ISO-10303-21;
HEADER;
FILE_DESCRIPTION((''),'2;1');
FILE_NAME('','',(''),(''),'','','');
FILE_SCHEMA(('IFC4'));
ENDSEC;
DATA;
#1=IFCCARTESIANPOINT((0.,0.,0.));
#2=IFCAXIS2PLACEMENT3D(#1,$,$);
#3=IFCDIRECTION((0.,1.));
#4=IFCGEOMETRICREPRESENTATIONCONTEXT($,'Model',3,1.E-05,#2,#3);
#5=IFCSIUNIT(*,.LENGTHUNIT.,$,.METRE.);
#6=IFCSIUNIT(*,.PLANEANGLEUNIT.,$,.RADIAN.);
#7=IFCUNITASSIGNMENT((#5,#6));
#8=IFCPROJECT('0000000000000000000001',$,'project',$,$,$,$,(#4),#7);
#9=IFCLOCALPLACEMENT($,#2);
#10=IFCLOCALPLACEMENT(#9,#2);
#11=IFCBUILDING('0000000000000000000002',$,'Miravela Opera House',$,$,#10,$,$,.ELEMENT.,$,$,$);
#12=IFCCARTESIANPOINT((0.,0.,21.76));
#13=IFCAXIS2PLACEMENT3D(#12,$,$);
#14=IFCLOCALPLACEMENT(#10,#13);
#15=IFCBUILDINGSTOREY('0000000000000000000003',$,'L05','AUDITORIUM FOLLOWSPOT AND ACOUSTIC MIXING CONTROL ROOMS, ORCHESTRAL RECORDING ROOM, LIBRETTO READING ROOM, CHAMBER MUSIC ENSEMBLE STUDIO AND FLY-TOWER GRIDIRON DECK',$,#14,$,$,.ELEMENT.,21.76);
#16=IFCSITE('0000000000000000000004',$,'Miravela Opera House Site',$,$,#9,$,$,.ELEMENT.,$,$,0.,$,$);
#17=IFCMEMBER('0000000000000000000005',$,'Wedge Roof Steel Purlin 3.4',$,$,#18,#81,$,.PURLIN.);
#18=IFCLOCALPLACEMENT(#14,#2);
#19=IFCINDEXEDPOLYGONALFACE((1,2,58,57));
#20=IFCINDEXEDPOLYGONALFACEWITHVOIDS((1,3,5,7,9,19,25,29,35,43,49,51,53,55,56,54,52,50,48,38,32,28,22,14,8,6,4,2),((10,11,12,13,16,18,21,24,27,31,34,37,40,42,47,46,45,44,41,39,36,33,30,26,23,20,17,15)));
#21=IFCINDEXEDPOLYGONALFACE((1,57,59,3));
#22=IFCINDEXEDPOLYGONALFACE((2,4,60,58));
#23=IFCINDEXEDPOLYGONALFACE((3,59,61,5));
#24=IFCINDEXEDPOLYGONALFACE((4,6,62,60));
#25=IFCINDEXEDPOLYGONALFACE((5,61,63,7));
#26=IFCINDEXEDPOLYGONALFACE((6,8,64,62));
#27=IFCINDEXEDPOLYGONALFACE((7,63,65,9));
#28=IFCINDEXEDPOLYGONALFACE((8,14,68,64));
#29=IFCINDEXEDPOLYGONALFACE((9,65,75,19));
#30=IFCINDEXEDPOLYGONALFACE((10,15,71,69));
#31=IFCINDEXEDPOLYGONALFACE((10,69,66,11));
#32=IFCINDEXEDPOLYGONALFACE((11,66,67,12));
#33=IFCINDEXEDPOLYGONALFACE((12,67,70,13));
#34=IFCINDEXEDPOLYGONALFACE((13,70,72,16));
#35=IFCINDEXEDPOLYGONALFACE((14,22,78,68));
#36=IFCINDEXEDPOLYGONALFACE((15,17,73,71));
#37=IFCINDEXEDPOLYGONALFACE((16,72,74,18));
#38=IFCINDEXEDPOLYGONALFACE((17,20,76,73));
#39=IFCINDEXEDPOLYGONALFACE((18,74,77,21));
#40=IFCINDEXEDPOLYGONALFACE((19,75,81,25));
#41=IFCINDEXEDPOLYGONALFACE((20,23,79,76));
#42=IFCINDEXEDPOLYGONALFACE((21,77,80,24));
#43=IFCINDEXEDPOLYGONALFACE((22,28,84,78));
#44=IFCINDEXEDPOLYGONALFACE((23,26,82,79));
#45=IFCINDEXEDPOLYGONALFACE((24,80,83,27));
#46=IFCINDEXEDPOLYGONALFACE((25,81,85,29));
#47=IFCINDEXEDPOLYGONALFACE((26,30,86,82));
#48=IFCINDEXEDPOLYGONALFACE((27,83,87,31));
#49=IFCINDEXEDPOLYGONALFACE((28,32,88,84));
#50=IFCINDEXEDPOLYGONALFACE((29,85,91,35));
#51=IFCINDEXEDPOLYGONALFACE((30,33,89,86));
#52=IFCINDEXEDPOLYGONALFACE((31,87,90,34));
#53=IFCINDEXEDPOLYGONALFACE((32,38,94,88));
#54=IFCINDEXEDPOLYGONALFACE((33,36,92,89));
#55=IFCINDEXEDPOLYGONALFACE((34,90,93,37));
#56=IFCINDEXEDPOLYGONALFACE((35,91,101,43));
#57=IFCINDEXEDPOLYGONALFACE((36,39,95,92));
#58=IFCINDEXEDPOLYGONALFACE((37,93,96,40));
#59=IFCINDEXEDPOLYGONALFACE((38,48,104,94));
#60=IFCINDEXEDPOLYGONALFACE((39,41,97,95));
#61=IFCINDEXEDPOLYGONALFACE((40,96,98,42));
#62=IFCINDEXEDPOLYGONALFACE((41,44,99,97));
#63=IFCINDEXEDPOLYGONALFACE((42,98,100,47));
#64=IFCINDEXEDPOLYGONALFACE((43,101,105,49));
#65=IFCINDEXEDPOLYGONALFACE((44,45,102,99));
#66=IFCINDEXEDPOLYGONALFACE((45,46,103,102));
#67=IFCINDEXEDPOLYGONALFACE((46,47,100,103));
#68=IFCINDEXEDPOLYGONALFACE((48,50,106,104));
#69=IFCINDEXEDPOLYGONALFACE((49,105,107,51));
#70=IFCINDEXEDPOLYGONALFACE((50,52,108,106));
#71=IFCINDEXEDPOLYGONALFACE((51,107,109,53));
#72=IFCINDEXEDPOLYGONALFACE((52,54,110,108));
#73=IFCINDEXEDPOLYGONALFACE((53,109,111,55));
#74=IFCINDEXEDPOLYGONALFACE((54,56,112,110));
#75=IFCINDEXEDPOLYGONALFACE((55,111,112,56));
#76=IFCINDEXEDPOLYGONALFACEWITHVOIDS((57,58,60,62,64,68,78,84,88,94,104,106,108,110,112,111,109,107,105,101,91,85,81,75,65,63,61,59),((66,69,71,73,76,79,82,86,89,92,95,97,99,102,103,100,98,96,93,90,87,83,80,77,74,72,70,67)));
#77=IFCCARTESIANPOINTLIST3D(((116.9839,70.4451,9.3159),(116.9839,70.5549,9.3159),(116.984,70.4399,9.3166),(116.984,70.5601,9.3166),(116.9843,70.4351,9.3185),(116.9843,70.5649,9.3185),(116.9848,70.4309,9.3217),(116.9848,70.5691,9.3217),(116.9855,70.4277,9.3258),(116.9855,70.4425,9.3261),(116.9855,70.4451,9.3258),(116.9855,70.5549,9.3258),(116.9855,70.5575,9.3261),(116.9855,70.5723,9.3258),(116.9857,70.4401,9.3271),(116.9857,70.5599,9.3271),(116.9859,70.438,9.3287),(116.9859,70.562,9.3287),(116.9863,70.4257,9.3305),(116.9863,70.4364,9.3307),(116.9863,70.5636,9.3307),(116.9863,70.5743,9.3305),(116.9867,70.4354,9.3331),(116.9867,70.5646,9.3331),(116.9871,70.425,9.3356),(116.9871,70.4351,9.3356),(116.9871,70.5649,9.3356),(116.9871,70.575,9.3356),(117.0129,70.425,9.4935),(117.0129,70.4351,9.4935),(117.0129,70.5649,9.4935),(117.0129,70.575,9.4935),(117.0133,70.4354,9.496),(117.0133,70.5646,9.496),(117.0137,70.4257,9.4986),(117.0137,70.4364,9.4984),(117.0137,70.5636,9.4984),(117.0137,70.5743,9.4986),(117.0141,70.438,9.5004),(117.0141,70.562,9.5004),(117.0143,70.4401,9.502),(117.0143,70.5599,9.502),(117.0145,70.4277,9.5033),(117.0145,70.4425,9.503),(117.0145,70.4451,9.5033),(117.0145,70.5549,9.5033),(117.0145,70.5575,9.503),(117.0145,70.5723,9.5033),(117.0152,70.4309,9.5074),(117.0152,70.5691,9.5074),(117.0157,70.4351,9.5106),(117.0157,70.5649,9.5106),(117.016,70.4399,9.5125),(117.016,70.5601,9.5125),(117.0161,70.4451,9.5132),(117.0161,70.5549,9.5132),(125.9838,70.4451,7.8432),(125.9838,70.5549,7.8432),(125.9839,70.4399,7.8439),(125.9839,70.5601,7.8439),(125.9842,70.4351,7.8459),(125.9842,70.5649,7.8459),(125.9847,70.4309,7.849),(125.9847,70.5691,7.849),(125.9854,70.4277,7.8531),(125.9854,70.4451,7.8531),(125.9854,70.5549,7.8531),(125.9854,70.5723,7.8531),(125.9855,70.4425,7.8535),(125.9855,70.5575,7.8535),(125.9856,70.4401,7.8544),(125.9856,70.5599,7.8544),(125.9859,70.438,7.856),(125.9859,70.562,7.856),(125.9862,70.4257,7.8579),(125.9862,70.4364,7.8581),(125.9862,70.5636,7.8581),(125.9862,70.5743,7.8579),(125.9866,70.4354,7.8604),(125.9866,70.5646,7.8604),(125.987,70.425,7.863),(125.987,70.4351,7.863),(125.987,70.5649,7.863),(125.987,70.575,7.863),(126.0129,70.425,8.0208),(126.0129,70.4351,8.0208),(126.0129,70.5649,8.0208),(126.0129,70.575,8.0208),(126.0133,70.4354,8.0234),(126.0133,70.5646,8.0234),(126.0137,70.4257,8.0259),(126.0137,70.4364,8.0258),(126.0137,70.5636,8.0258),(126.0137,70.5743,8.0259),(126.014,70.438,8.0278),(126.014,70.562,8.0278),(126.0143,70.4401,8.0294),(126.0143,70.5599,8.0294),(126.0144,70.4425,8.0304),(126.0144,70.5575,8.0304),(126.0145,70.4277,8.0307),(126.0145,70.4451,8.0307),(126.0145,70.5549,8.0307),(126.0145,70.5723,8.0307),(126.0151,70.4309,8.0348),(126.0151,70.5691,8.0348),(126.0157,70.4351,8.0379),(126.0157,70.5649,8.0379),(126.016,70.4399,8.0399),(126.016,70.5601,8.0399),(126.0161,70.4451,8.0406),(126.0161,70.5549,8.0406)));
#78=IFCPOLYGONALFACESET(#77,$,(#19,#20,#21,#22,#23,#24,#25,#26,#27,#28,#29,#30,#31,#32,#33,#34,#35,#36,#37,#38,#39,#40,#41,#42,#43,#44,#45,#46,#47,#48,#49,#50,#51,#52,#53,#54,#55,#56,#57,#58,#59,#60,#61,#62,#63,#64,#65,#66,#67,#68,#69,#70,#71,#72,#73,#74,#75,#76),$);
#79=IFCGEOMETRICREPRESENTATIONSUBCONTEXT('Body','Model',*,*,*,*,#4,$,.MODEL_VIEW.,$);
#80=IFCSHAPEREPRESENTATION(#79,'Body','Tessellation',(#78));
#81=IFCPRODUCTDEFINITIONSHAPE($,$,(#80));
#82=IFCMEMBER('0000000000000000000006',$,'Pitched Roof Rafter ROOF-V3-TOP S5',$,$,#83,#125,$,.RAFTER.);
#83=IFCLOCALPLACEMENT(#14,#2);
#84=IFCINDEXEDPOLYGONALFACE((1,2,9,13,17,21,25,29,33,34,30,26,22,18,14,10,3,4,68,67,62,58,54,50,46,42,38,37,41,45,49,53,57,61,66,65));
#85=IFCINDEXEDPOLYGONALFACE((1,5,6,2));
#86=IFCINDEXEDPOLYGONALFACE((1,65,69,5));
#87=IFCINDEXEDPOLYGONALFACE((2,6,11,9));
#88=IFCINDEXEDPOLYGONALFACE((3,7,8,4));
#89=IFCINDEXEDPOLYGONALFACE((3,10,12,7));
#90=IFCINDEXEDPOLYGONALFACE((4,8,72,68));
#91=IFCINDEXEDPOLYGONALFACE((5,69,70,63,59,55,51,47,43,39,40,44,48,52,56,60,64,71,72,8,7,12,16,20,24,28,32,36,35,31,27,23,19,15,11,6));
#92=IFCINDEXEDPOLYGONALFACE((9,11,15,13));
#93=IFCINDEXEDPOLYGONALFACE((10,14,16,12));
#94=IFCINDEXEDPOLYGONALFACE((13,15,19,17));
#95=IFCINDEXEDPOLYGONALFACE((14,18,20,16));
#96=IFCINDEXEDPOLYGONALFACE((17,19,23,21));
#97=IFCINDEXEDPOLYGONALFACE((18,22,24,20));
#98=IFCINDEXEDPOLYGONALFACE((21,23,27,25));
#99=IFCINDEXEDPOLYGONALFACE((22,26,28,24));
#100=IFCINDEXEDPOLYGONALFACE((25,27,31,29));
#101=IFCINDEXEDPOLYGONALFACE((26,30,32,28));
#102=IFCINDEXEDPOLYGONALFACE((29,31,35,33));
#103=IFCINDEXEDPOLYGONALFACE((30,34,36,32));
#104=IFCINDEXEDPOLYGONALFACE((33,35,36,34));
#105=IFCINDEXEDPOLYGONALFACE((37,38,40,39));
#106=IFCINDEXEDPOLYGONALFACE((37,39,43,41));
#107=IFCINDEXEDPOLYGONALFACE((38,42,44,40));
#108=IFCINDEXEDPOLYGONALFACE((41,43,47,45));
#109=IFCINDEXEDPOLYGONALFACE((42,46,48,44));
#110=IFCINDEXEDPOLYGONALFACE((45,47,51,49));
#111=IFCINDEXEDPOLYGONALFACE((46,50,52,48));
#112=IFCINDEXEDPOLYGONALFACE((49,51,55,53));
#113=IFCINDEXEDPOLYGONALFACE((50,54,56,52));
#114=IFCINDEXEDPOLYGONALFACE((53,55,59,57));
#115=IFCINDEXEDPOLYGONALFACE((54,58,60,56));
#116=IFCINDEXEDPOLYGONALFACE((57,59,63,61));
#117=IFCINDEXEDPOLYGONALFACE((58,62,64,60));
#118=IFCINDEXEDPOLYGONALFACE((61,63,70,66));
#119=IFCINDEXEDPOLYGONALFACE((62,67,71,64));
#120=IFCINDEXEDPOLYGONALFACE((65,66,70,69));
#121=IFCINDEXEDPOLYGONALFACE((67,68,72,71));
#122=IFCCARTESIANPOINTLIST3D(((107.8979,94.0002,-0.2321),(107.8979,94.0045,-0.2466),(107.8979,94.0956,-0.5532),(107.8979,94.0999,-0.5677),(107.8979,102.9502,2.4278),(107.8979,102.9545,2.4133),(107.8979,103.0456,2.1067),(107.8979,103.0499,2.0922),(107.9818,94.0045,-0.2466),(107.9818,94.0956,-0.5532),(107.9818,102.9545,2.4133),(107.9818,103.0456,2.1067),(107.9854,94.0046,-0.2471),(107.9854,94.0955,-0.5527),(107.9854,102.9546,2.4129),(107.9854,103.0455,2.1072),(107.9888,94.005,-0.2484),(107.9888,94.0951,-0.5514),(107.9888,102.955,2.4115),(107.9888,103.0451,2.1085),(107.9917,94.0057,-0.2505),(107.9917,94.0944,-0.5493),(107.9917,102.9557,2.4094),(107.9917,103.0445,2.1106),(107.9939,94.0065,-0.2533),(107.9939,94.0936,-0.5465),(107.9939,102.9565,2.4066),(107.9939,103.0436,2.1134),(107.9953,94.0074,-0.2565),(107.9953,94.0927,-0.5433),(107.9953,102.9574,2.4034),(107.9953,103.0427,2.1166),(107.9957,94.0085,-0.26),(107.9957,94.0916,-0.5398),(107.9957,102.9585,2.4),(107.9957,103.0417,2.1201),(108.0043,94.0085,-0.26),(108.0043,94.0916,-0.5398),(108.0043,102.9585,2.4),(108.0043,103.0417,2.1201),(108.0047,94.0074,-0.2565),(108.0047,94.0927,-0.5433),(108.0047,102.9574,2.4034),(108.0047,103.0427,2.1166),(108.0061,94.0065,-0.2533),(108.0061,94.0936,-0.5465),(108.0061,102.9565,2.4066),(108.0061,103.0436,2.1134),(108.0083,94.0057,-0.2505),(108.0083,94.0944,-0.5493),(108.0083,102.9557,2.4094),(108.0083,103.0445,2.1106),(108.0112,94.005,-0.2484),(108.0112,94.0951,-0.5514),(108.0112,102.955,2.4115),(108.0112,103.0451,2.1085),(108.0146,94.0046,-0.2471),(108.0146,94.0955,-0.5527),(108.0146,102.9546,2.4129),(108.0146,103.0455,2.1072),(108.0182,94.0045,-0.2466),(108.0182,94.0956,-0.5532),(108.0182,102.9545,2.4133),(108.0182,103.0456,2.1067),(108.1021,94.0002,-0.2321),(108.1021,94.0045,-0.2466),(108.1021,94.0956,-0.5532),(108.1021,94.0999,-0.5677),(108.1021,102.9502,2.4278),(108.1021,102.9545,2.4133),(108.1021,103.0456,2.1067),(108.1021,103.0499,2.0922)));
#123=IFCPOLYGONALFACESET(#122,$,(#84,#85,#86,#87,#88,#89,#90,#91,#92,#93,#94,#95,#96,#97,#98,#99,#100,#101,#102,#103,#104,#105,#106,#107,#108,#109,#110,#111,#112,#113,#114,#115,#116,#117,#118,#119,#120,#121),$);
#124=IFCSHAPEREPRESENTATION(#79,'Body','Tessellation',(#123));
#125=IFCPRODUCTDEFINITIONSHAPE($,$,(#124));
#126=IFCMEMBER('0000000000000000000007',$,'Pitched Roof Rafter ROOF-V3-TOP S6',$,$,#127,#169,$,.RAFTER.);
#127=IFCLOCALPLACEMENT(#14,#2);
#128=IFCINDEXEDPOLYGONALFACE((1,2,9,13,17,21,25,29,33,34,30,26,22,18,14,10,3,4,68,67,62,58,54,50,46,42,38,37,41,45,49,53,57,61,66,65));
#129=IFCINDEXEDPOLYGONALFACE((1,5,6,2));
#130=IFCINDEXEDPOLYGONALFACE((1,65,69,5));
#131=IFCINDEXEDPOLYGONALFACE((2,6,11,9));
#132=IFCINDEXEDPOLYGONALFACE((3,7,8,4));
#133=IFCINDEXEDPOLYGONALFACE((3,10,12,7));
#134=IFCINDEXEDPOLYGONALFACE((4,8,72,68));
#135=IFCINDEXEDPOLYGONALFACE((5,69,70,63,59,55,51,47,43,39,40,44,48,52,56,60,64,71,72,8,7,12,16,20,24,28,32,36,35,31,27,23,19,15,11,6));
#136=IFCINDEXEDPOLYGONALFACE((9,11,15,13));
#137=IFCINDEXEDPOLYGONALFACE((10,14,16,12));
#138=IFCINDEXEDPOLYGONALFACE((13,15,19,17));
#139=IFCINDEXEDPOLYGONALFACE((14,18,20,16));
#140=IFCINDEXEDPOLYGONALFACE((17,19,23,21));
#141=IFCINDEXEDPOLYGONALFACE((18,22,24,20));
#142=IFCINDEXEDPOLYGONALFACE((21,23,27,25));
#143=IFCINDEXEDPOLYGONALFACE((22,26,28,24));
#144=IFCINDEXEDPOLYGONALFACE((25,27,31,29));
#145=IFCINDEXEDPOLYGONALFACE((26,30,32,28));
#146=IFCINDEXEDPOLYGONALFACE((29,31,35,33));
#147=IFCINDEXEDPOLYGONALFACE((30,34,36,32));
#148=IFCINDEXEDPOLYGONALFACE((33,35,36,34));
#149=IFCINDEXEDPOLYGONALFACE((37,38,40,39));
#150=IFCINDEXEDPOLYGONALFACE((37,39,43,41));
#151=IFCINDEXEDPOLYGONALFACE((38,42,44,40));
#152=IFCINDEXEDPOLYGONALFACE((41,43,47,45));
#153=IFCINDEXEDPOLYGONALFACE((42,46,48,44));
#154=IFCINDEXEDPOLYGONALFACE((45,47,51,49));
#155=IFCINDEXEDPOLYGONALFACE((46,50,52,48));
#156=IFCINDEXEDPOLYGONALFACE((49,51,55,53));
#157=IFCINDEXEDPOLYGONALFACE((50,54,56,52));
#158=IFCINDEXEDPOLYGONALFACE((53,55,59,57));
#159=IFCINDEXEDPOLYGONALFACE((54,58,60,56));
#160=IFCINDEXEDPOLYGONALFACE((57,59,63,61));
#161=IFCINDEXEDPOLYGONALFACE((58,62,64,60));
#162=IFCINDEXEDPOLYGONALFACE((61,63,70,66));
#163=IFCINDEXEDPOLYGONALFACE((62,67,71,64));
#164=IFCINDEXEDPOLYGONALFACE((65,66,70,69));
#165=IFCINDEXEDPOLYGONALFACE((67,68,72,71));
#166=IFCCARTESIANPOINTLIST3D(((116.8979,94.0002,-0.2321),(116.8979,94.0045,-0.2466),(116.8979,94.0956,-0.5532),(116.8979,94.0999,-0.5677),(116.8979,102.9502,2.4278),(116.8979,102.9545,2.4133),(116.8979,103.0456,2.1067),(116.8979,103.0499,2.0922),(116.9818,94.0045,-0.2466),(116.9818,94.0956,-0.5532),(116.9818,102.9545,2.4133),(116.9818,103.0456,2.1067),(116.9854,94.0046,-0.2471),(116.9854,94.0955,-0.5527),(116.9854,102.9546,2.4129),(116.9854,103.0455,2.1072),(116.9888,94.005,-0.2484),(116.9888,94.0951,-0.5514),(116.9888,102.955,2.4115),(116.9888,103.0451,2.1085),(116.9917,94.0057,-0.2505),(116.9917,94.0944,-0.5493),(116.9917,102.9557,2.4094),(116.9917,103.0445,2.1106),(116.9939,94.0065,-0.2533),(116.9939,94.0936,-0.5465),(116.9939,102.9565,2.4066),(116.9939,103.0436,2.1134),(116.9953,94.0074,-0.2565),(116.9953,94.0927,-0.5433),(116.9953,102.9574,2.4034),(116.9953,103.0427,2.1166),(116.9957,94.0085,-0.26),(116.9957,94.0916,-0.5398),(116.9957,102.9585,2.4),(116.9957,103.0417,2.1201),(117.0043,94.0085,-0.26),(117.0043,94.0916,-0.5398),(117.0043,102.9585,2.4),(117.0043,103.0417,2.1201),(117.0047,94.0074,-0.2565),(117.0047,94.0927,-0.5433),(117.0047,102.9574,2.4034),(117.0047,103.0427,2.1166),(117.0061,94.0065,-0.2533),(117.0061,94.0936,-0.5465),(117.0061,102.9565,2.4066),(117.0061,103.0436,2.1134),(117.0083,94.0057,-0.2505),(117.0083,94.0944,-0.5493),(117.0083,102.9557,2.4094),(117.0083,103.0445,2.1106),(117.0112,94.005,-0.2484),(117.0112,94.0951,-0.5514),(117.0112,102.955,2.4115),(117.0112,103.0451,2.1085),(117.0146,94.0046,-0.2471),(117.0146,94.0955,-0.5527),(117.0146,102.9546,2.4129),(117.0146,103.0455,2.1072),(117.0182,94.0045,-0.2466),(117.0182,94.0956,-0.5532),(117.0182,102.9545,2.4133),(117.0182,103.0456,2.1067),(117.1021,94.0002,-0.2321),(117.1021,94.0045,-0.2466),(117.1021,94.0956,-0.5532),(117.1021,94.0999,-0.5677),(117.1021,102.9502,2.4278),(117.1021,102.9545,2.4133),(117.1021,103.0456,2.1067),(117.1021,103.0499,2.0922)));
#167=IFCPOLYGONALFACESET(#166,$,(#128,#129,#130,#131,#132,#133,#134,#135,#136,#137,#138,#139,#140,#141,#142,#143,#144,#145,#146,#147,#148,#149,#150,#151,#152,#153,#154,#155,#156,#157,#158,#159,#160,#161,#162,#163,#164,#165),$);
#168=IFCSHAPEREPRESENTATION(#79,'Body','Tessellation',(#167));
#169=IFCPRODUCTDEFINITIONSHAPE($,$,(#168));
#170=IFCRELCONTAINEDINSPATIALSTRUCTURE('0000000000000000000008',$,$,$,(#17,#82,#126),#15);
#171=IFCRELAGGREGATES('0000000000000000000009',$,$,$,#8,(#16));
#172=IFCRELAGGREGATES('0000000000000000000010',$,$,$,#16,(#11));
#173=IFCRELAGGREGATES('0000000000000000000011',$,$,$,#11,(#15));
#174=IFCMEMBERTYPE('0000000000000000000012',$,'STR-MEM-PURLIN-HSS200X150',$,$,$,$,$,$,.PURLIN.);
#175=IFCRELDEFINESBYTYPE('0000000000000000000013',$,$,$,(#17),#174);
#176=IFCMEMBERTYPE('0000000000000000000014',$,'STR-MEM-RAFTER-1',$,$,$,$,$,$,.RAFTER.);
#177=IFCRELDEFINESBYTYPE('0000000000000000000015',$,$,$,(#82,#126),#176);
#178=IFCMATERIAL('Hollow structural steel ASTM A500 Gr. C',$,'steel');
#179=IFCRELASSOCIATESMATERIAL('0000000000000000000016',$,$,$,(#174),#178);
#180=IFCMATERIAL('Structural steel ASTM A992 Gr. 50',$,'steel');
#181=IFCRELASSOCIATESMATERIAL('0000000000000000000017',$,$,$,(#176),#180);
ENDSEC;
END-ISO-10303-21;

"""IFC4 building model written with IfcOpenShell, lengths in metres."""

from ifc_helpers import new_model, si_unit, direction, frame, origin, origin_2d, place, context, subcontext, project, spatial, hollow_rectangle, i_section, extrude, material, material_profile, profile_set, type_object, element, save


model = new_model("IFC4")

# Units and contexts
model_context = context("Model", 3, precision=1e-05, world=origin(), true_north=direction((0.0, 1.0)))
body_context = subcontext(model_context, "Body", "Model", "MODEL_VIEW")
ifc_project = project(units=[si_unit("LENGTHUNIT", "METRE"), si_unit("PLANEANGLEUNIT", "RADIAN")], contexts=[model_context])

# Site, building, storey
site_placement = place(None, origin())
site = spatial("IfcSite", under=ifc_project, at=site_placement, Name="Miravela Opera House Site", CompositionType="ELEMENT", RefElevation=0.0)
building_placement = place(site_placement, origin())
building = spatial("IfcBuilding", under=site, at=building_placement, Name="Miravela Opera House", CompositionType="ELEMENT")
storey_placement = place(building_placement, frame((0.0, 0.0, 21.76)))
storey = spatial("IfcBuildingStorey", under=building, at=storey_placement, Name="L05", Description="AUDITORIUM FOLLOWSPOT AND ACOUSTIC MIXING CONTROL ROOMS, ORCHESTRAL RECORDING ROOM, LIBRETTO READING ROOM, CHAMBER MUSIC ENSEMBLE STUDIO AND FLY-TOWER GRIDIRON DECK", CompositionType="ELEMENT", Elevation=21.76)

# Members
ifc_material_1 = material(Name="Hollow structural steel ASTM A500 Gr. C", Category="steel")
ifc_material_profile_1 = material_profile(ifc_material_1, hollow_rectangle(XDim=0.1499, YDim=0.2, WallThickness=0.01, InnerFilletRadius=0.01, OuterFilletRadius=0.02, at=origin_2d()), Name="HSS200X150X10")
ifc_profile_set_1 = profile_set([ifc_material_profile_1])
member_type_1 = type_object("IfcMemberType", Name="STR-MEM-PURLIN-HSS200X150", PredefinedType="PURLIN", material=ifc_profile_set_1)
member_1_placement = place(storey_placement, frame((117.0, 70.5, 9.4146), z_axis=(0.986876, 0.0, -0.161481), x_axis=(0.0, 1.0, 0.0)))
element("IfcMember", 1, at=member_1_placement, inside=storey, type_object=member_type_1, Name="Wedge Roof Steel Purlin 3.4", PredefinedType="PURLIN", context=body_context, shape_type="SweptSolid", body=[
    extrude(hollow_rectangle(XDim=0.1499, YDim=0.2, WallThickness=0.01, InnerFilletRadius=0.01, OuterFilletRadius=0.02, at=origin_2d()), origin(), (0.0, 0.0, 1.0), 9.1196),
])
ifc_material_2 = material(Name="Structural steel ASTM A992 Gr. 50", Category="steel")
ifc_material_profile_2 = material_profile(ifc_material_2, i_section(OverallWidth=0.2041, OverallDepth=0.3501, WebThickness=0.0085, FlangeThickness=0.0151, FilletRadius=0.0139, at=origin_2d()), Name="W360X72")
ifc_profile_set_2 = profile_set([ifc_material_profile_2])
member_type_2 = type_object("IfcMemberType", Name="STR-MEM-RAFTER-1", PredefinedType="RAFTER", material=ifc_profile_set_2)
for number, where, z_axis, x_axis, name in (
    (2, (108.0, 94.05, -0.3999), (0.0, 0.958562, 0.284883), (-1.0, 0.0, 0.0), "Pitched Roof Rafter ROOF-V3-TOP S5"),
    (3, (117.0, 94.05, -0.3999), (0.0, 0.958562, 0.284883), (-1.0, 0.0, 0.0), "Pitched Roof Rafter ROOF-V3-TOP S6"),
):
    element("IfcMember", number, at=place(storey_placement, frame(where, z_axis=z_axis, x_axis=x_axis)), inside=storey, type_object=member_type_2, Name=name, PredefinedType="RAFTER", context=body_context, shape_type="SweptSolid", body=[
        extrude(i_section(OverallWidth=0.2041, OverallDepth=0.3501, WebThickness=0.0085, FlangeThickness=0.0151, FilletRadius=0.0139, at=origin_2d()), origin(), (0.0, 0.0, 1.0), 9.3369),
    ])

save(model, "model.ifc")
